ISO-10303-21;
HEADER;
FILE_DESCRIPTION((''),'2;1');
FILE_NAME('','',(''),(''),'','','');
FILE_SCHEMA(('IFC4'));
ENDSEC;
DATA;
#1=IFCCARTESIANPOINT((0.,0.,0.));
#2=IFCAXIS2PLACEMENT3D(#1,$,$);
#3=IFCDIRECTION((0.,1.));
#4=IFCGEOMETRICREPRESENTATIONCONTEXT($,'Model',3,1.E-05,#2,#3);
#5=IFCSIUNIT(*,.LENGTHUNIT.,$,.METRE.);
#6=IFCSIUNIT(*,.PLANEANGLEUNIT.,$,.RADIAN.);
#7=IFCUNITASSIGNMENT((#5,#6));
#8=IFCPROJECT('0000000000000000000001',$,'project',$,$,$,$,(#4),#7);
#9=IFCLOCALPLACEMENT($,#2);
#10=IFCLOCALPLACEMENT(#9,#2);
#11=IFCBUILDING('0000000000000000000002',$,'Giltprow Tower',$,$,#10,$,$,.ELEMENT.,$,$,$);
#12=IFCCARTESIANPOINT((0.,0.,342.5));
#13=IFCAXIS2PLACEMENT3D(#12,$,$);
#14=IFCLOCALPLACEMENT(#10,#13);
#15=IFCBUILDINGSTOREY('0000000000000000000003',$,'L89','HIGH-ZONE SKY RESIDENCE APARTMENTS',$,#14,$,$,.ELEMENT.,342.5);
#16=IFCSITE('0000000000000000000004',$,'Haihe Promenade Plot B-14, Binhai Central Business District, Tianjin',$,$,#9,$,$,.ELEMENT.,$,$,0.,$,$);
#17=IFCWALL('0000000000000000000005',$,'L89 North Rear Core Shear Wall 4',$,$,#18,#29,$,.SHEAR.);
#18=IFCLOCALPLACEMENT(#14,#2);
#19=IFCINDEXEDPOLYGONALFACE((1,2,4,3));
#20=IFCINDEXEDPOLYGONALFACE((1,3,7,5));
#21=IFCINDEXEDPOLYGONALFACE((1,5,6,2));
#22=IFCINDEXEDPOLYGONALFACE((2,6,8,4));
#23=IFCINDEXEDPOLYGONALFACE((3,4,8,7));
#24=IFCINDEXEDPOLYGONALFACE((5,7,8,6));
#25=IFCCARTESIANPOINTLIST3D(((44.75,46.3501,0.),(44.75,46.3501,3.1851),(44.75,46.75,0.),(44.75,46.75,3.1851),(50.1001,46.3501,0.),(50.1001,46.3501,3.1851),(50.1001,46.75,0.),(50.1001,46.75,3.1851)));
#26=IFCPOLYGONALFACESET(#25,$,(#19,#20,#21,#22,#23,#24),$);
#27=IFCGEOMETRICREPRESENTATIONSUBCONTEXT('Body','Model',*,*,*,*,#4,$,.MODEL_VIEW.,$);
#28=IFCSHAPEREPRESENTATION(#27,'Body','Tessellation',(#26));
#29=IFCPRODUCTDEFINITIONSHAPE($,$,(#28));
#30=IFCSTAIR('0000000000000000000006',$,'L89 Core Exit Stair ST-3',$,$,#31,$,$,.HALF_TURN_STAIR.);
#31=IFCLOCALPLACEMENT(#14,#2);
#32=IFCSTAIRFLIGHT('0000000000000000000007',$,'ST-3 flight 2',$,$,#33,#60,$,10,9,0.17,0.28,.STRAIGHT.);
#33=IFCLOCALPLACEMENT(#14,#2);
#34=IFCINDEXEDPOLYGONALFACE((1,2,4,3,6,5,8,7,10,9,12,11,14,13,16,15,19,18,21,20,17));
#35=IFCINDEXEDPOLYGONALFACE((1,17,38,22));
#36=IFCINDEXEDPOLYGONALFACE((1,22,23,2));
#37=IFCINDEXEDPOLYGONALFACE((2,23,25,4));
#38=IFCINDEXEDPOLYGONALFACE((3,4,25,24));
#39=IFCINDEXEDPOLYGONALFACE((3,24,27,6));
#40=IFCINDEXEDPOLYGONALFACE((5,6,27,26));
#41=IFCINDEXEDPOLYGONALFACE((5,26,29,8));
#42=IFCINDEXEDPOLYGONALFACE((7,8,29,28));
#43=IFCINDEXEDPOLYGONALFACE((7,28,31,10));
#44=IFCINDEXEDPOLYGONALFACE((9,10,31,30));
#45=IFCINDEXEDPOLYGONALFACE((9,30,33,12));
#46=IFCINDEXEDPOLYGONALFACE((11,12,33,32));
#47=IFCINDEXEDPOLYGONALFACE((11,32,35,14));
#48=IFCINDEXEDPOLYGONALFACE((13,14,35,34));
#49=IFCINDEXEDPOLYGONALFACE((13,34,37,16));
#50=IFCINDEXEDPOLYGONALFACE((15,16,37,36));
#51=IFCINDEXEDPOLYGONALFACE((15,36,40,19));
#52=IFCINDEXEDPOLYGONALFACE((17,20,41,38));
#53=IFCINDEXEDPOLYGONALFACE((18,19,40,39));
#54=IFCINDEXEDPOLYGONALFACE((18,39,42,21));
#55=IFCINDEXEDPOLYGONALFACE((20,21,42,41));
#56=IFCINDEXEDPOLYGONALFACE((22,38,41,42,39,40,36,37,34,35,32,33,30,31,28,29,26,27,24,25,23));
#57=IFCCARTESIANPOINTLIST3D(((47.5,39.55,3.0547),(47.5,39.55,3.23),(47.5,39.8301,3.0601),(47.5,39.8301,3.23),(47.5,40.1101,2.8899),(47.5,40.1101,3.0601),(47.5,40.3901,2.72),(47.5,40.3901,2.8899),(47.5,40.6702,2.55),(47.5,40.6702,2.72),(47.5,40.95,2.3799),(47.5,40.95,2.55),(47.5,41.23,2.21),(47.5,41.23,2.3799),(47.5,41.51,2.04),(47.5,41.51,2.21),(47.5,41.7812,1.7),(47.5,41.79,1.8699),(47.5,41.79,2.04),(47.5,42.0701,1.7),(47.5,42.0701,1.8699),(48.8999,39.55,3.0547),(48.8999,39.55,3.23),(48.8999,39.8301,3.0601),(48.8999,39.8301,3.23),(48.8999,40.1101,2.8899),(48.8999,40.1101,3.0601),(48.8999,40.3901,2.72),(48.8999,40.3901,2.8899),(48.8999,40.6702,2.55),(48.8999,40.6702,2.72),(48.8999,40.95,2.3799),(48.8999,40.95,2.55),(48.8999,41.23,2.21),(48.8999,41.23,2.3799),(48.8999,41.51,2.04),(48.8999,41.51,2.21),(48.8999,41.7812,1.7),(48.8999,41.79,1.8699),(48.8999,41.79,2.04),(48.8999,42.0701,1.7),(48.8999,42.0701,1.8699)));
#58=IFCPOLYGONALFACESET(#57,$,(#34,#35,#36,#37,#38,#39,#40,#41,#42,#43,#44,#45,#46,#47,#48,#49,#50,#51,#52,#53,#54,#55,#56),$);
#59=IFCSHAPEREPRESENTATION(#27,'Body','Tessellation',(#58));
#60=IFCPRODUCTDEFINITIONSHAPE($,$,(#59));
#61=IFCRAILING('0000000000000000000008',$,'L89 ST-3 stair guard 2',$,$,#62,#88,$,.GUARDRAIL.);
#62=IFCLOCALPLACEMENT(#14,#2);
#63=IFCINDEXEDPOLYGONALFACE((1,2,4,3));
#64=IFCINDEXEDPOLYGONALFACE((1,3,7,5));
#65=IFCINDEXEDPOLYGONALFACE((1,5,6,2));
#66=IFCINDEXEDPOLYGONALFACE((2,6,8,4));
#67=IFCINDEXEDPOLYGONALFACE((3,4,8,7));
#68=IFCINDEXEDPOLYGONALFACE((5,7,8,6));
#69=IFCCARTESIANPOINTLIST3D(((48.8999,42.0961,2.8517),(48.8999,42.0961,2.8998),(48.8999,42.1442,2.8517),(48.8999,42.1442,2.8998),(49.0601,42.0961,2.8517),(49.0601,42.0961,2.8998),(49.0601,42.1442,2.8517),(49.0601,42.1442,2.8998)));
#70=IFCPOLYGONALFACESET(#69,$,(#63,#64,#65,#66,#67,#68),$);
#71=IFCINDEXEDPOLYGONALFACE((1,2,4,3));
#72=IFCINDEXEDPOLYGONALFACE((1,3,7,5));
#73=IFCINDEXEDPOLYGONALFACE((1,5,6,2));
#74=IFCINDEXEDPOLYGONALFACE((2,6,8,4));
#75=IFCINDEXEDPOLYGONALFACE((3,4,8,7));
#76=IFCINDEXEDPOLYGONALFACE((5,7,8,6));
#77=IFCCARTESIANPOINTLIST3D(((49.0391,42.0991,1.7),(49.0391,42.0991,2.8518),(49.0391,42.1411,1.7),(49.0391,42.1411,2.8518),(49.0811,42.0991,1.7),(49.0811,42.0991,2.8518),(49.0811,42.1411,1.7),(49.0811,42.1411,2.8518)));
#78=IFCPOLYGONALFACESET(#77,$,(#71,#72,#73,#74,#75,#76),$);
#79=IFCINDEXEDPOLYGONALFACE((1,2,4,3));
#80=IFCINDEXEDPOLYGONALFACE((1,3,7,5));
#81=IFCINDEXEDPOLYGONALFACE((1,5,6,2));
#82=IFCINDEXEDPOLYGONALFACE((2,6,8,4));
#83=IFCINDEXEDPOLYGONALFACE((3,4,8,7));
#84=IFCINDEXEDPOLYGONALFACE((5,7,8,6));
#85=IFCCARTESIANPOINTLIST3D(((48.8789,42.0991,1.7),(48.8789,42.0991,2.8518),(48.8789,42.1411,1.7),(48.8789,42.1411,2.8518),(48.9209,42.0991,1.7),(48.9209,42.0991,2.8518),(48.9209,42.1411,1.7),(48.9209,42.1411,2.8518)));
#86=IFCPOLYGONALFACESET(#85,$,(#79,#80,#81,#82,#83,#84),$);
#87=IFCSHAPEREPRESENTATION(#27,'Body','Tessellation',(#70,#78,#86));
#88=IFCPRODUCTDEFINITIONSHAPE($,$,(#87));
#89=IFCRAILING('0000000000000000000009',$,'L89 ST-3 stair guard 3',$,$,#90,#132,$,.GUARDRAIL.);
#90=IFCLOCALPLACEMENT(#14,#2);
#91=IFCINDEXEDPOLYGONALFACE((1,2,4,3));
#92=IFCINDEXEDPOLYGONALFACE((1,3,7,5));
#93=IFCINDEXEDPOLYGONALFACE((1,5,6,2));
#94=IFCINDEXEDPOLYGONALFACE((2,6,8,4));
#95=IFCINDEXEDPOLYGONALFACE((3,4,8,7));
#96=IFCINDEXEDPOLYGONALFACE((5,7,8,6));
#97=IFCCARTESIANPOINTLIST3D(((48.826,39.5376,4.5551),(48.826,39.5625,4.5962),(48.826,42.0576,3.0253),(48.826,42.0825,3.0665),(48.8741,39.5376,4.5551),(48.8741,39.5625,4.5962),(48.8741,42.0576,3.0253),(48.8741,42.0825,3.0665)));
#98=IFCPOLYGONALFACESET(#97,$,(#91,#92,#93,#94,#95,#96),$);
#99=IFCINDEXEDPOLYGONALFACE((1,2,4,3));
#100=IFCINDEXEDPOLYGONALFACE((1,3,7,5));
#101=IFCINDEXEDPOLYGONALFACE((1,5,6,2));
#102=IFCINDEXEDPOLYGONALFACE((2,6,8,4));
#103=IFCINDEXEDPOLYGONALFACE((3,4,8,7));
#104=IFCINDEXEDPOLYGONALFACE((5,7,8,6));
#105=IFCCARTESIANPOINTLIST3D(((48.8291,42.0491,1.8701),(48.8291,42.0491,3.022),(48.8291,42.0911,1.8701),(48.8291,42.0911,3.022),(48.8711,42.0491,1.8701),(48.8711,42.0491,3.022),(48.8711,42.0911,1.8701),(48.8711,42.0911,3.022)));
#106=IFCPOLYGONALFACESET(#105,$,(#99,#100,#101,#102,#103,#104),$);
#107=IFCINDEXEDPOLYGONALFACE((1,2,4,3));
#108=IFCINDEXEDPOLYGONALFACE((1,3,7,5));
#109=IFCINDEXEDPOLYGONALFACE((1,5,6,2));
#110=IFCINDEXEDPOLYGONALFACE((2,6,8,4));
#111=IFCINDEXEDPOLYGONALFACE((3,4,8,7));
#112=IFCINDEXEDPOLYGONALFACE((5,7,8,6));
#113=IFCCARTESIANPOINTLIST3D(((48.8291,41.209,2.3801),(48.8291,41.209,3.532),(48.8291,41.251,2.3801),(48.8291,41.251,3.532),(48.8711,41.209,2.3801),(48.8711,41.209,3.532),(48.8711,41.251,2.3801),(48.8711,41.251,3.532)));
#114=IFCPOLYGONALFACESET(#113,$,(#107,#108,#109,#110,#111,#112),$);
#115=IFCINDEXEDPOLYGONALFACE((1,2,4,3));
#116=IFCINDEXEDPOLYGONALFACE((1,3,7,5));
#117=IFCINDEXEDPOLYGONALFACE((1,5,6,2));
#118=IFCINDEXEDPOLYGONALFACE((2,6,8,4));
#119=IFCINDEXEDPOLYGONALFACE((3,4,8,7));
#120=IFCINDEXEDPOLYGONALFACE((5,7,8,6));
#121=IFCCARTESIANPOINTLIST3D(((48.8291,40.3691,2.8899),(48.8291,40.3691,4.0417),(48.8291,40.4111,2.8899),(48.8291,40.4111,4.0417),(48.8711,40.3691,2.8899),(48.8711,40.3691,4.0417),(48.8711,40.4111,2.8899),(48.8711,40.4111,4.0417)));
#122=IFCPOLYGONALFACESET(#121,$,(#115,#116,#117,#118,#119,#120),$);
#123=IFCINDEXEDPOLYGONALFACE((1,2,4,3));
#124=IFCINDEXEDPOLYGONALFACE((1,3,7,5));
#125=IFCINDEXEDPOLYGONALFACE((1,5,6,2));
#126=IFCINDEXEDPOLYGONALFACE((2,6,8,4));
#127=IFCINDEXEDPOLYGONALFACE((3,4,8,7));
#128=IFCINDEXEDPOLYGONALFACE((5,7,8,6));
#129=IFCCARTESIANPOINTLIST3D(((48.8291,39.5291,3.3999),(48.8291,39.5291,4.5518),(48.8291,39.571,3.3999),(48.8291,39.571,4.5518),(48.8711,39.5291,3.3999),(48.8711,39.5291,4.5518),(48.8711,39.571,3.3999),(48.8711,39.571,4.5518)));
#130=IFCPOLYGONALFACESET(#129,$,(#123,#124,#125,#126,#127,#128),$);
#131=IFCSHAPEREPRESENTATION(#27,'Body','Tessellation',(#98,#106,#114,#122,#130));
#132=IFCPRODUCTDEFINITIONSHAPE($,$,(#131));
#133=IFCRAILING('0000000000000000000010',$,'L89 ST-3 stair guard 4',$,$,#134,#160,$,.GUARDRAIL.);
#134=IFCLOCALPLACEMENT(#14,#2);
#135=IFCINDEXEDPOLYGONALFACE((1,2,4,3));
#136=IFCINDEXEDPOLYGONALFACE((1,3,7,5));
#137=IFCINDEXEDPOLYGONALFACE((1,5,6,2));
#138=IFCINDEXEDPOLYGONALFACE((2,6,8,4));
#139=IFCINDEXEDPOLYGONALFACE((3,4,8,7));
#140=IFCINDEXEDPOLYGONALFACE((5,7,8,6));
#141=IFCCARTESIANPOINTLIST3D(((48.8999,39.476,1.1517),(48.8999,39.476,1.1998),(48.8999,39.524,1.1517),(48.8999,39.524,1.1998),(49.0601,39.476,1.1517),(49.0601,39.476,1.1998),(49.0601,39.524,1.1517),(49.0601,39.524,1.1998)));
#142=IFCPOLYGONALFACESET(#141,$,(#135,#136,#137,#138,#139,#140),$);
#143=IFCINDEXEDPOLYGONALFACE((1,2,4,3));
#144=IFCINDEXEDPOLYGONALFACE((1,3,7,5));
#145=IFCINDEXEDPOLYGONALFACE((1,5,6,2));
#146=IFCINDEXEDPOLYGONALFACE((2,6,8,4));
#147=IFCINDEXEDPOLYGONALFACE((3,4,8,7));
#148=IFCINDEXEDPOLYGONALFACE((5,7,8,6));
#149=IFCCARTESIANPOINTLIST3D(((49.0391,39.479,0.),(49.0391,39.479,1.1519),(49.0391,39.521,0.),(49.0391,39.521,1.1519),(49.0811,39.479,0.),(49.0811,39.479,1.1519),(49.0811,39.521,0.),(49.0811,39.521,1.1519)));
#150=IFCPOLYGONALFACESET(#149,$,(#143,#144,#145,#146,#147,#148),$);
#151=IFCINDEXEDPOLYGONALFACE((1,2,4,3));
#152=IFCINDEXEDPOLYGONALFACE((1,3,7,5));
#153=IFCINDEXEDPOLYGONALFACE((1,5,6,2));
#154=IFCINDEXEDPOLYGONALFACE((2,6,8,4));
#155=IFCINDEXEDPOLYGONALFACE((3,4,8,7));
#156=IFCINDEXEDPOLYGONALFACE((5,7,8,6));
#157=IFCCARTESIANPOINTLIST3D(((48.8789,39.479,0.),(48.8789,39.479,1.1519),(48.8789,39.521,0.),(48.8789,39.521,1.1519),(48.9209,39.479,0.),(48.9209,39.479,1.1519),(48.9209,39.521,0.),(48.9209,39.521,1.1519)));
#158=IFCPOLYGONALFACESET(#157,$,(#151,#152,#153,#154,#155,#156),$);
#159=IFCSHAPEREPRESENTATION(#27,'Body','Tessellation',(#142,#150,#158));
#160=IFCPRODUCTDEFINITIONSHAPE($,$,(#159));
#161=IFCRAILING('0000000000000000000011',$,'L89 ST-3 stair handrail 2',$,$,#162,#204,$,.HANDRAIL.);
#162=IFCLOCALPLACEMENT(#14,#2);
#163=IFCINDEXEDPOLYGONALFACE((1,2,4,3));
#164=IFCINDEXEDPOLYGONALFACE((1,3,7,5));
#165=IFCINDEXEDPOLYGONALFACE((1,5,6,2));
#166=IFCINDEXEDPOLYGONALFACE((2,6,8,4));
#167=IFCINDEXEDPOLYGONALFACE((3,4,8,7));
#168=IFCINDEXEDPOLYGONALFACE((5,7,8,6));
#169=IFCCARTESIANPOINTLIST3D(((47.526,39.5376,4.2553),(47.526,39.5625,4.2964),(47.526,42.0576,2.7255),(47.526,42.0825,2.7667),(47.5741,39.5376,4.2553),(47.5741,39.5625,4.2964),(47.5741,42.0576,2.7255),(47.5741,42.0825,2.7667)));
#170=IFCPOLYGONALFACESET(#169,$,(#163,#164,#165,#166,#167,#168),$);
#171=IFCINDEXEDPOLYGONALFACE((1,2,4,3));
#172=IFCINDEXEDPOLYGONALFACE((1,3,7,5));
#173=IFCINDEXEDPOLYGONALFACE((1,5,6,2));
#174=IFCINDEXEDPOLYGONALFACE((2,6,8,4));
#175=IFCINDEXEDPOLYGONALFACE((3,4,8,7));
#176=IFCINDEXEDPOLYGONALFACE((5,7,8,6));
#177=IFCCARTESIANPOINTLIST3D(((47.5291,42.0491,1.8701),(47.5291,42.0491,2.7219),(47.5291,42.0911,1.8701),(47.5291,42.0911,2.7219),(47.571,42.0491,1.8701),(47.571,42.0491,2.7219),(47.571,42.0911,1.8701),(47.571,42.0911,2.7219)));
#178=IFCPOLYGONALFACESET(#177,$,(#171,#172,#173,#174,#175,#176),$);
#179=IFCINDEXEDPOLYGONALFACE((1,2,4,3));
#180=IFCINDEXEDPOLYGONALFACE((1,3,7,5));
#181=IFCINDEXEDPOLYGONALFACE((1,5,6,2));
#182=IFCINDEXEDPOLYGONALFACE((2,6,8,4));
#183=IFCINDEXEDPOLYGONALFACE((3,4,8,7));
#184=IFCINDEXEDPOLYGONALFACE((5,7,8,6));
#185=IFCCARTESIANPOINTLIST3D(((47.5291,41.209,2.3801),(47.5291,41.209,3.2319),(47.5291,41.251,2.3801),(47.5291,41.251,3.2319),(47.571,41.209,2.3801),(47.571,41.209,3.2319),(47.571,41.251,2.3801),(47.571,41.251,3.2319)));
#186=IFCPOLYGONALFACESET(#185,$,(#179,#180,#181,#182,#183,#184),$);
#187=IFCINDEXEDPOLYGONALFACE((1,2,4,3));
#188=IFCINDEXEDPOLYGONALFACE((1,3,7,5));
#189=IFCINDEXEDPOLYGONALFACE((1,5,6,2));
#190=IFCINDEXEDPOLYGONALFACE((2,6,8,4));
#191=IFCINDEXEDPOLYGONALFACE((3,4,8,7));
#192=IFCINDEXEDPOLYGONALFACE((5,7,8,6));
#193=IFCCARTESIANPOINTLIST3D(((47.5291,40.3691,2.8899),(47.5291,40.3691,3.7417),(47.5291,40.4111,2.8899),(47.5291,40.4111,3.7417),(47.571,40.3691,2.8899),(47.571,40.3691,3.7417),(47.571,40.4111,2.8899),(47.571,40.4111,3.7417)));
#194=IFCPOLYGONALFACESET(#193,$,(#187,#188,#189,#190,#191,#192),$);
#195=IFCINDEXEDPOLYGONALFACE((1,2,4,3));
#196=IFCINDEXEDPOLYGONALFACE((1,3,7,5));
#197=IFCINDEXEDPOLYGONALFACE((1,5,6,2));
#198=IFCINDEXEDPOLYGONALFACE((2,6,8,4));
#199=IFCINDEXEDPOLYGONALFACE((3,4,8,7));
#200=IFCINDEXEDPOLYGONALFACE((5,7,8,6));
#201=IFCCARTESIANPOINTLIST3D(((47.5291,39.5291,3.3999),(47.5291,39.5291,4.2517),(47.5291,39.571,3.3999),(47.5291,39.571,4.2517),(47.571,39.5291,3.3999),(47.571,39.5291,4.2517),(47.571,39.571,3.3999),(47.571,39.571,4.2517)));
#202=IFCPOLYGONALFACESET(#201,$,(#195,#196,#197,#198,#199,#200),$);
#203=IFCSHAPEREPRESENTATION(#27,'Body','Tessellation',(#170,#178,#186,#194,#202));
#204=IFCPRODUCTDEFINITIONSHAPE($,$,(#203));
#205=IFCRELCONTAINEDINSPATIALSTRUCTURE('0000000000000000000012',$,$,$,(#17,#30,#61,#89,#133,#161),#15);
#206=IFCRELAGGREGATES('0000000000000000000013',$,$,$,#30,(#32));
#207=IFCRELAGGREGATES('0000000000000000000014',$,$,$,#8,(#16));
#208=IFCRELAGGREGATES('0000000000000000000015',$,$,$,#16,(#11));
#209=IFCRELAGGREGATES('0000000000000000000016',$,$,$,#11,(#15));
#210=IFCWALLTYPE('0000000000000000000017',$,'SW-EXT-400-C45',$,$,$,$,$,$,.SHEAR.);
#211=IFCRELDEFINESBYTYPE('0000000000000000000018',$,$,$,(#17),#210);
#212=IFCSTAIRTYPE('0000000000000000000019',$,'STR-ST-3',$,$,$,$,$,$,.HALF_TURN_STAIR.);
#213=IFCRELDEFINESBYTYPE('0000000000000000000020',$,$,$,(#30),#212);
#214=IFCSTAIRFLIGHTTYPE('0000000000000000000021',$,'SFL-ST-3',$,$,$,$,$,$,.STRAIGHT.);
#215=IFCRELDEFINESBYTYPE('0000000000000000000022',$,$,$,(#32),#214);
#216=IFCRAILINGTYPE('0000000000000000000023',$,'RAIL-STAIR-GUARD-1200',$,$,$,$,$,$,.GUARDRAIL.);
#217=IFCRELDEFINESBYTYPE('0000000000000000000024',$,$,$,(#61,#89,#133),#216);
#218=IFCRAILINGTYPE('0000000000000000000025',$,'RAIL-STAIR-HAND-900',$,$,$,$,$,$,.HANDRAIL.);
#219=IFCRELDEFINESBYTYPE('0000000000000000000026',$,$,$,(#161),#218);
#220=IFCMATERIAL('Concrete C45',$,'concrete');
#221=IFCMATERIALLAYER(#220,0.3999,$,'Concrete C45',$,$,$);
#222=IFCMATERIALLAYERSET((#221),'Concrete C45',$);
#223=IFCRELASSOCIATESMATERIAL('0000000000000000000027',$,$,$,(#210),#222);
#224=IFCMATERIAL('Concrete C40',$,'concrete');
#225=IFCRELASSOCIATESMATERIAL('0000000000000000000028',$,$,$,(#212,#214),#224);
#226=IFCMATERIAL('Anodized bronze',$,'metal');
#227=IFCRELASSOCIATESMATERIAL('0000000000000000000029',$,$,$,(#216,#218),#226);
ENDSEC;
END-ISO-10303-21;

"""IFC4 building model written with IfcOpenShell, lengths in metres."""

from ifc_helpers import new_model, si_unit, direction, frame, frame_2d, origin, origin_2d, place, context, subcontext, project, spatial, polyline, rectangle, outline, extrude, material, layer, layer_set, type_object, element, aggregate, save


model = new_model("IFC4")

# Units and contexts
model_context = context("Model", 3, precision=1e-05, world=origin(), true_north=direction((0.0, 1.0)))
body_context = subcontext(model_context, "Body", "Model", "MODEL_VIEW")
ifc_project = project(units=[si_unit("LENGTHUNIT", "METRE"), si_unit("PLANEANGLEUNIT", "RADIAN")], contexts=[model_context])

# Site, building, storey
site_placement = place(None, origin())
site = spatial("IfcSite", under=ifc_project, at=site_placement, Name="Haihe Promenade Plot B-14, Binhai Central Business District, Tianjin", CompositionType="ELEMENT", RefElevation=0.0)
building_placement = place(site_placement, origin())
building = spatial("IfcBuilding", under=site, at=building_placement, Name="Giltprow Tower", CompositionType="ELEMENT")
storey_placement = place(building_placement, frame((0.0, 0.0, 342.5)))
storey = spatial("IfcBuildingStorey", under=building, at=storey_placement, Name="L89", Description="HIGH-ZONE SKY RESIDENCE APARTMENTS", CompositionType="ELEMENT", Elevation=342.5)

# Shared definitions
ifc_material_1 = material(Name="Concrete C45", Category="concrete")

# Shared definitions
ifc_material_2 = material(Name="Concrete C40", Category="concrete")

# Wall
ifc_layer_1 = layer(ifc_material_1, 0.3999, Name="Concrete C45")
ifc_layer_set_1 = layer_set([ifc_layer_1], Name="Concrete C45")
wall_type_1 = type_object("IfcWallType", Name="SW-EXT-400-C45", PredefinedType="SHEAR", material=ifc_layer_set_1)
wall_1_placement = place(storey_placement, frame((44.75, 46.55, 0.0), z_axis=(0.0, 0.0, 1.0), x_axis=(1.0, 0.0, 0.0)))
element("IfcWall", 1, at=wall_1_placement, inside=storey, type_object=wall_type_1, Name="L89 North Rear Core Shear Wall 4", PredefinedType="SHEAR", context=body_context, shape_type="SweptSolid", body=[
    extrude(rectangle(XDim=5.3501, YDim=0.3999, at=frame_2d((2.675, 0.0))), origin(), (0.0, 0.0, 1.0), 3.1851),
])

# Stair, stair flight
stair_type = type_object("IfcStairType", Name="STR-ST-3", PredefinedType="HALF_TURN_STAIR", material=ifc_material_2)
stair_placement = place(storey_placement, origin())
stair = element("IfcStair", 2, at=stair_placement, inside=storey, type_object=stair_type, Name="L89 Core Exit Stair ST-3", PredefinedType="HALF_TURN_STAIR")
stair_flight_type = type_object("IfcStairFlightType", Name="SFL-ST-3", PredefinedType="STRAIGHT", material=ifc_material_2)
stair_flight_placement = place(storey_placement, frame((48.2, 42.0701, 1.7), z_axis=(0.0, 0.0, 1.0), x_axis=(0.0, -1.0, 0.0)))
stair_flight = element("IfcStairFlight", 3, at=stair_flight_placement, type_object=stair_flight_type, Name="ST-3 flight 2", NumberOfRisers=10, NumberOfTreads=9, PredefinedType="STRAIGHT", RiserHeight=0.17, TreadLength=0.28, context=body_context, shape_type="SweptSolid", body=[
    extrude(outline(polyline([(0.0, 0.0), (0.0, 0.1699), (0.28, 0.1699), (0.28, 0.3401), (0.5601, 0.3401), (0.5601, 0.51), (0.8401, 0.51), (0.8401, 0.6799), (1.1201, 0.6799), (1.1201, 0.8501), (1.3999, 0.8501), (1.3999, 1.02), (1.6799, 1.02), (1.6799, 1.1899), (1.96, 1.1899), (1.96, 1.3601), (2.24, 1.3601), (2.24, 1.53), (2.52, 1.53), (2.52, 1.7), (2.52, 1.3547), (0.2888, 0.0), (0.0, 0.0)])), frame((0.0, 0.7, 0.0), z_axis=(0.0, -1.0, 0.0), x_axis=(1.0, 0.0, 0.0)), (0.0, 0.0, 1.0), 1.3999),
])
aggregate(stair, [stair_flight])

# Railings
ifc_material_3 = material(Name="Anodized bronze", Category="metal")
railing_type_1 = type_object("IfcRailingType", Name="RAIL-STAIR-GUARD-1200", PredefinedType="GUARDRAIL", material=ifc_material_3)
railing_1_placement = place(storey_placement, frame((49.0601, 42.1201, 1.7)))
element("IfcRailing", 4, at=railing_1_placement, inside=storey, type_object=railing_type_1, Name="L89 ST-3 stair guard 2", PredefinedType="GUARDRAIL", context=body_context, shape_type="SweptSolid", body=[
    extrude(rectangle(XDim=0.0481, YDim=0.0481, at=origin_2d()), frame((0.0, 0.0, 1.1758), z_axis=(-1.0, 0.0, 0.0), x_axis=(0.0, -1.0, 0.0)), (0.0, 0.0, 1.0), 0.1602),
    extrude(rectangle(XDim=0.042, YDim=0.042, at=origin_2d()), origin(), (0.0, 0.0, 1.0), 1.1519),
    extrude(rectangle(XDim=0.042, YDim=0.042, at=origin_2d()), frame((-0.1602, 0.0, 0.0)), (0.0, 0.0, 1.0), 1.1519),
])
railing_2_placement = place(storey_placement, frame((48.8501, 42.0701, 1.8701)))
element("IfcRailing", 5, at=railing_2_placement, inside=storey, type_object=railing_type_1, Name="L89 ST-3 stair guard 3", PredefinedType="GUARDRAIL", context=body_context, shape_type="SweptSolid", body=[
    extrude(rectangle(XDim=0.0481, YDim=0.0481, at=origin_2d()), frame((0.0, 0.0, 1.1758), z_axis=(0.0, -0.854822, 0.518922), x_axis=(1.0, 0.0, 0.0)), (0.0, 0.0, 1.0), 2.948),
    extrude(rectangle(XDim=0.042, YDim=0.042, at=origin_2d()), origin(), (0.0, 0.0, 1.0), 1.1519),
    extrude(rectangle(XDim=0.042, YDim=0.042, at=origin_2d()), frame((0.0, -0.8401, 0.51)), (0.0, 0.0, 1.0), 1.1519),
    extrude(rectangle(XDim=0.042, YDim=0.042, at=origin_2d()), frame((0.0, -1.6799, 1.0198)), (0.0, 0.0, 1.0), 1.1519),
    extrude(rectangle(XDim=0.042, YDim=0.042, at=origin_2d()), frame((0.0, -2.52, 1.5298)), (0.0, 0.0, 1.0), 1.1519),
])
railing_3_placement = place(storey_placement, frame((49.0601, 39.5, 0.0)))
element("IfcRailing", 6, at=railing_3_placement, inside=storey, type_object=railing_type_1, Name="L89 ST-3 stair guard 4", PredefinedType="GUARDRAIL", context=body_context, shape_type="SweptSolid", body=[
    extrude(rectangle(XDim=0.0481, YDim=0.0481, at=origin_2d()), frame((0.0, 0.0, 1.1758), z_axis=(-1.0, 0.0, 0.0), x_axis=(0.0, -1.0, 0.0)), (0.0, 0.0, 1.0), 0.1602),
    extrude(rectangle(XDim=0.042, YDim=0.042, at=origin_2d()), origin(), (0.0, 0.0, 1.0), 1.1519),
    extrude(rectangle(XDim=0.042, YDim=0.042, at=origin_2d()), frame((-0.1602, 0.0, 0.0)), (0.0, 0.0, 1.0), 1.1519),
])
railing_type_2 = type_object("IfcRailingType", Name="RAIL-STAIR-HAND-900", PredefinedType="HANDRAIL", material=ifc_material_3)
railing_4_placement = place(storey_placement, frame((47.55, 42.0701, 1.8701)))
element("IfcRailing", 7, at=railing_4_placement, inside=storey, type_object=railing_type_2, Name="L89 ST-3 stair handrail 2", PredefinedType="HANDRAIL", context=body_context, shape_type="SweptSolid", body=[
    extrude(rectangle(XDim=0.0481, YDim=0.0481, at=origin_2d()), frame((0.0, 0.0, 0.876), z_axis=(0.0, -0.854822, 0.518922), x_axis=(1.0, 0.0, 0.0)), (0.0, 0.0, 1.0), 2.948),
    extrude(rectangle(XDim=0.042, YDim=0.042, at=origin_2d()), origin(), (0.0, 0.0, 1.0), 0.8518),
    extrude(rectangle(XDim=0.042, YDim=0.042, at=origin_2d()), frame((0.0, -0.8401, 0.51)), (0.0, 0.0, 1.0), 0.8518),
    extrude(rectangle(XDim=0.042, YDim=0.042, at=origin_2d()), frame((0.0, -1.6799, 1.0198)), (0.0, 0.0, 1.0), 0.8518),
    extrude(rectangle(XDim=0.042, YDim=0.042, at=origin_2d()), frame((0.0, -2.52, 1.5298)), (0.0, 0.0, 1.0), 0.8518),
])

save(model, "model.ifc")
